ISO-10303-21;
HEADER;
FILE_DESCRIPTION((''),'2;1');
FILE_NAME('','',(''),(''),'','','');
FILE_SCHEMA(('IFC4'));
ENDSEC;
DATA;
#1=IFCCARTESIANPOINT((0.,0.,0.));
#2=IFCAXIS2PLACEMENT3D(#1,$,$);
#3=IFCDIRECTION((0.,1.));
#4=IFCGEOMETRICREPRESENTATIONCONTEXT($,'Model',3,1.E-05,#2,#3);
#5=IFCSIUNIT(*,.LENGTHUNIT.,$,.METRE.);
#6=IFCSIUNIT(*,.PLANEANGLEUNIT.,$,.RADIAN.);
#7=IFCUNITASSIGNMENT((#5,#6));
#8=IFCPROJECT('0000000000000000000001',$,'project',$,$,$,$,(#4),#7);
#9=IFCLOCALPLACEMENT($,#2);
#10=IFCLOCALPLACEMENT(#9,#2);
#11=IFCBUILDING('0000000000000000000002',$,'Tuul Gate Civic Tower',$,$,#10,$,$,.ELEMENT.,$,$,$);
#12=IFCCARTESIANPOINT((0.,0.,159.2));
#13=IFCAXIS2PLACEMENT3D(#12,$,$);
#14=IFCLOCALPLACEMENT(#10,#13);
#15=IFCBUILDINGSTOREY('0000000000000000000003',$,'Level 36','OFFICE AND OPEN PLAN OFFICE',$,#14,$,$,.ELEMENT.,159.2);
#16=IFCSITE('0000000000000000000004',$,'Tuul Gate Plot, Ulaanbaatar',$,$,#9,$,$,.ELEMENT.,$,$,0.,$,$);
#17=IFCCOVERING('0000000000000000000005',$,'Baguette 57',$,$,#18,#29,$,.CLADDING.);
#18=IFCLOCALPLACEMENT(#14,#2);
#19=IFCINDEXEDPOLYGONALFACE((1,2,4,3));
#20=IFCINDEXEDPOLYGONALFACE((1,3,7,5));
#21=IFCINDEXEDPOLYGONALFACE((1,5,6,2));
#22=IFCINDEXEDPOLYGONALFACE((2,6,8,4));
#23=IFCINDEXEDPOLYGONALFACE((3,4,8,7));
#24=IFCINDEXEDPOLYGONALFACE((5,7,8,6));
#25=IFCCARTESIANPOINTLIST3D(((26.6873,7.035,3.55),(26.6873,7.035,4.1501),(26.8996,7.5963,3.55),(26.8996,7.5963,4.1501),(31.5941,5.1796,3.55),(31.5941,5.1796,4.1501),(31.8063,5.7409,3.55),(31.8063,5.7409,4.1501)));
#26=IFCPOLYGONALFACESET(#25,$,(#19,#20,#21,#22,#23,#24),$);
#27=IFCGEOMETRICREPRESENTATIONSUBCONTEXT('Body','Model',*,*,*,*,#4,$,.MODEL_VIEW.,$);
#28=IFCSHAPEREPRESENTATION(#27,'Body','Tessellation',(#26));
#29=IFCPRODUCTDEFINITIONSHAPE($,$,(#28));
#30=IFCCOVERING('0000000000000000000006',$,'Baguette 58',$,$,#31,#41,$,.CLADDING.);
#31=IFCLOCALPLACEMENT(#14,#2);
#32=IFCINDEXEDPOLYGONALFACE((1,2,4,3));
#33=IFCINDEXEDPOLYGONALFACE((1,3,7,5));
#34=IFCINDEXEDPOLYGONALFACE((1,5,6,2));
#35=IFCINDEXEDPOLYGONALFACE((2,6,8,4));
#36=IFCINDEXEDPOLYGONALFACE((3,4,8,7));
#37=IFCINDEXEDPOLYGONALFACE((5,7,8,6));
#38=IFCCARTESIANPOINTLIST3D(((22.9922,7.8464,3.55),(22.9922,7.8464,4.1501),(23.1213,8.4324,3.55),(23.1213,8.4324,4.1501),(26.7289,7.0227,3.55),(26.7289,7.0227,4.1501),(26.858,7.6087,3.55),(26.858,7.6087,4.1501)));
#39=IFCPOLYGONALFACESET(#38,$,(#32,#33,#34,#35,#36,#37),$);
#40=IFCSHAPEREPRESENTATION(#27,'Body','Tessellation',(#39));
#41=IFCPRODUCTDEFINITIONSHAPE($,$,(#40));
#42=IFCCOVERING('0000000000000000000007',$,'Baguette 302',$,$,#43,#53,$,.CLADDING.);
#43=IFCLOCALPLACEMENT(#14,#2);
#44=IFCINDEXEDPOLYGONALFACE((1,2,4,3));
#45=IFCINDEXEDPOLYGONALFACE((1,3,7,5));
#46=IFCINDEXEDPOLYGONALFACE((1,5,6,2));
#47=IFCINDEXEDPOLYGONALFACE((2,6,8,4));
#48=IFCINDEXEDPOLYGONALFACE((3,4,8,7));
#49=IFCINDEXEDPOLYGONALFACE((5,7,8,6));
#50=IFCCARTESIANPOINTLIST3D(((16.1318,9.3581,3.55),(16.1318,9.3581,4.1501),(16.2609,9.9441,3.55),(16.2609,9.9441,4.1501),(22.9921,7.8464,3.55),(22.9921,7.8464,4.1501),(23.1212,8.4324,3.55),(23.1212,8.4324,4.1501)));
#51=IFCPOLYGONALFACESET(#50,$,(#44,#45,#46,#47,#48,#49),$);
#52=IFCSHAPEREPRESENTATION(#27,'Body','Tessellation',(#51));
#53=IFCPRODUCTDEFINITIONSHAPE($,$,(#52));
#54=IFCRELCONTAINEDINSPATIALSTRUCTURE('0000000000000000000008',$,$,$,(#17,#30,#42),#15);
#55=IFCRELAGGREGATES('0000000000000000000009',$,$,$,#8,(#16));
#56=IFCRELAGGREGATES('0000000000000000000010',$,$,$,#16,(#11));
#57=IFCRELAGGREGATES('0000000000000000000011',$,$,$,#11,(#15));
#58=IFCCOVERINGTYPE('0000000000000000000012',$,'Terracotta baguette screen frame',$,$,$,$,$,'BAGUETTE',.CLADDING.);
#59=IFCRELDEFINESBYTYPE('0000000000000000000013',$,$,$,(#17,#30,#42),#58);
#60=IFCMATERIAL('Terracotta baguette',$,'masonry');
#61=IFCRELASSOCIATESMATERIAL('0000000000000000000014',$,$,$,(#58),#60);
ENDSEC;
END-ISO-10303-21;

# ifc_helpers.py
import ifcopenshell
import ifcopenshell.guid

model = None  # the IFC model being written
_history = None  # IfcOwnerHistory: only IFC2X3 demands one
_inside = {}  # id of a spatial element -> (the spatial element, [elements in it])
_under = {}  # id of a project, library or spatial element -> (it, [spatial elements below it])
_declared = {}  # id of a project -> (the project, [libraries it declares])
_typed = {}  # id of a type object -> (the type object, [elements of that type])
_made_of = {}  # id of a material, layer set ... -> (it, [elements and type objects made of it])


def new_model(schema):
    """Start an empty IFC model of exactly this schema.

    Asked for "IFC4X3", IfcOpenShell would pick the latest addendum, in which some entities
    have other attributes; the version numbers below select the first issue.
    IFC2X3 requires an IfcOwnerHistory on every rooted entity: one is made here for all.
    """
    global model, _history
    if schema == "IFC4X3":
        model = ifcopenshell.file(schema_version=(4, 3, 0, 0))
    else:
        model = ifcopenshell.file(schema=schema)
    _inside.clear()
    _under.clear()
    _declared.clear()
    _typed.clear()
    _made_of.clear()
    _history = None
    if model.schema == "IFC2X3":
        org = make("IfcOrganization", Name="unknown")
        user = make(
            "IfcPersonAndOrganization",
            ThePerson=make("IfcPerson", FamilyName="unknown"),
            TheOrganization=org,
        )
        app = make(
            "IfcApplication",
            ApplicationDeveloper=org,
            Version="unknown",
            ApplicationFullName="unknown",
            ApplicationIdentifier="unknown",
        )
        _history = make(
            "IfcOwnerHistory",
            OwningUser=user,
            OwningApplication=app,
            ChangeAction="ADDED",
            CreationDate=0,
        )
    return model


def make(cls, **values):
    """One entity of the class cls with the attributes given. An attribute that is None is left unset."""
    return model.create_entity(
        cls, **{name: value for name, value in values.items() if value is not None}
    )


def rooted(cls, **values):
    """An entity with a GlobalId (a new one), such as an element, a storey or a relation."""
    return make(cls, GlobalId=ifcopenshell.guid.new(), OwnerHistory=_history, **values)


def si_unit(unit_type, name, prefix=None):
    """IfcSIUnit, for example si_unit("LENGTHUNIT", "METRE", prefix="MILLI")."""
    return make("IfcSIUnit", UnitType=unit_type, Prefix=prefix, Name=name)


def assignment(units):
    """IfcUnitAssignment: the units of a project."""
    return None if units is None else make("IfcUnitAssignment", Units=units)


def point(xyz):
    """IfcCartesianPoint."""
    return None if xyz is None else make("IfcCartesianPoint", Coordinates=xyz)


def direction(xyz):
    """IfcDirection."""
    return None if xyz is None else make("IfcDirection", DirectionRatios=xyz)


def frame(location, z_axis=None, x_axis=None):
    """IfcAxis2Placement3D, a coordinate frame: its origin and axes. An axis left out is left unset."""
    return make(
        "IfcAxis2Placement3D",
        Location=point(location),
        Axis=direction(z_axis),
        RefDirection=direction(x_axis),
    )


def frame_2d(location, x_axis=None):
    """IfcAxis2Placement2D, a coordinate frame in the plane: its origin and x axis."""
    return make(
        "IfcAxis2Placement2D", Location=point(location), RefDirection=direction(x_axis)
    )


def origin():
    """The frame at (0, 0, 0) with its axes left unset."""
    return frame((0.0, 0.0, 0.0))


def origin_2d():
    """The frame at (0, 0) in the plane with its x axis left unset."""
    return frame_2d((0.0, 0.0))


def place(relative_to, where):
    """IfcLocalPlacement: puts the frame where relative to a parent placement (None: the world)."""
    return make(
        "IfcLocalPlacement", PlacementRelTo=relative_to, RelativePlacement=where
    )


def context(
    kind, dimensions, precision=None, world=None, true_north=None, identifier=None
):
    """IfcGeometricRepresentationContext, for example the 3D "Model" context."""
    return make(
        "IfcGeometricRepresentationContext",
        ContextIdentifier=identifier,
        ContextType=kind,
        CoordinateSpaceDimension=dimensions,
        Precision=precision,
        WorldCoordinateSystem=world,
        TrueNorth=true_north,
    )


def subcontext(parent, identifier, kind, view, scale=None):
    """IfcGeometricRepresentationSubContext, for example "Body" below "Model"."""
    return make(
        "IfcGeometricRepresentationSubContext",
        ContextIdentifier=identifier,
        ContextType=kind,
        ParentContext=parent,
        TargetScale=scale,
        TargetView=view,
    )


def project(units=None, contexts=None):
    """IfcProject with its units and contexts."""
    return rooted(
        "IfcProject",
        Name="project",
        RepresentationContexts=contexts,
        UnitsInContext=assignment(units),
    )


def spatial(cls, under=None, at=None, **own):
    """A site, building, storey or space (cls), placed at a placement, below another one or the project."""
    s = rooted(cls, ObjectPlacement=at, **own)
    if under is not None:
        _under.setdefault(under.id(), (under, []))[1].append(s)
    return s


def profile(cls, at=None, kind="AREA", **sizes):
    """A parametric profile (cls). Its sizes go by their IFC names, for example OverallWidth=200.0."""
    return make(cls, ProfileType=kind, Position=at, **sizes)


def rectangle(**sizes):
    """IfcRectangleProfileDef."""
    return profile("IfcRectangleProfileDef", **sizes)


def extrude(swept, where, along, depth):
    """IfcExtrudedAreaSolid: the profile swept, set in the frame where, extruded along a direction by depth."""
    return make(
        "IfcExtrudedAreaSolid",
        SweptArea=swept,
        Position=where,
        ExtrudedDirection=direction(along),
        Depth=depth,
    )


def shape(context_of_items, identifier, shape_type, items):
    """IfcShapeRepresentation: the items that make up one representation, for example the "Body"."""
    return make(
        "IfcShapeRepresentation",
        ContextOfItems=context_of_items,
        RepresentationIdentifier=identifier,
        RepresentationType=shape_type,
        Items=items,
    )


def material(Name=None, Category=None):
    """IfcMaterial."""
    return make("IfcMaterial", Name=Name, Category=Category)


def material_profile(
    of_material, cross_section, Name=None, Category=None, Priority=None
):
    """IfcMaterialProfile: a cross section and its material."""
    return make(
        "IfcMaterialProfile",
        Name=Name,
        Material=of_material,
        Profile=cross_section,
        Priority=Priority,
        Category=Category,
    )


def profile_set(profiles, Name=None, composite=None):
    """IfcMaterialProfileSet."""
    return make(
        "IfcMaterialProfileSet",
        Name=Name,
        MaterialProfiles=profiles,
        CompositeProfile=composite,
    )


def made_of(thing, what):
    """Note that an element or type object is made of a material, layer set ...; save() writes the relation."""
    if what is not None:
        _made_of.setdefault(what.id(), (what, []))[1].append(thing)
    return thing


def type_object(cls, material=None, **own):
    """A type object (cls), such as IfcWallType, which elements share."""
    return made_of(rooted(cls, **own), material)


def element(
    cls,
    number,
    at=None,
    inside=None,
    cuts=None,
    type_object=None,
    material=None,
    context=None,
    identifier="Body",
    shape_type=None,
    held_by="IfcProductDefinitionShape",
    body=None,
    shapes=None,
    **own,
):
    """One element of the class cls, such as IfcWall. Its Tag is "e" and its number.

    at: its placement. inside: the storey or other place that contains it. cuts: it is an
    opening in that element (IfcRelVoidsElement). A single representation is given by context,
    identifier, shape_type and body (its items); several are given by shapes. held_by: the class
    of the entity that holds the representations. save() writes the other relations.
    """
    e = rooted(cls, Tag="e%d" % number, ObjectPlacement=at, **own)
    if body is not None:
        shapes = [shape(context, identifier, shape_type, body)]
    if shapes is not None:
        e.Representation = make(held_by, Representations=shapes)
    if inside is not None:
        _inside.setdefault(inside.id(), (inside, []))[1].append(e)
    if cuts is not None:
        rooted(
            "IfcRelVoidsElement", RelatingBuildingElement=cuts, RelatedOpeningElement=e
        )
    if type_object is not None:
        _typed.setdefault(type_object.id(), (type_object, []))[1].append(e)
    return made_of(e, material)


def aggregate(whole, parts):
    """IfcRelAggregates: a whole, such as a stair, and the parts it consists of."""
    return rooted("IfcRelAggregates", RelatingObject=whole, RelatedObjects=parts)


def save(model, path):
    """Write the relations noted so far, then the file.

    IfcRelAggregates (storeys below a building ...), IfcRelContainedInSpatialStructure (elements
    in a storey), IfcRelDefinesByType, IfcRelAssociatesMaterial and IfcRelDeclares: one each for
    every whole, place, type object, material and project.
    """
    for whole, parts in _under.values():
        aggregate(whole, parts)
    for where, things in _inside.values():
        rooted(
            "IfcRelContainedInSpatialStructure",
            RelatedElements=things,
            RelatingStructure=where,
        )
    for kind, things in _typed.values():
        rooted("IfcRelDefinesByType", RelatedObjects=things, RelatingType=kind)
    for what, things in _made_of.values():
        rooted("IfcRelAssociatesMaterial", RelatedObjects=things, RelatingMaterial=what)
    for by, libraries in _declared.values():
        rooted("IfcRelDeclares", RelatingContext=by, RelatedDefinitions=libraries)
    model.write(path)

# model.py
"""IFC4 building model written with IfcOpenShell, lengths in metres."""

from ifc_helpers import new_model, si_unit, direction, frame, origin, origin_2d, place, context, subcontext, project, spatial, rectangle, extrude, material, material_profile, profile_set, type_object, element, save


model = new_model("IFC4")

# Units and contexts
model_context = context("Model", 3, precision=1e-05, world=origin(), true_north=direction((0.0, 1.0)))
body_context = subcontext(model_context, "Body", "Model", "MODEL_VIEW")
ifc_project = project(units=[si_unit("LENGTHUNIT", "METRE"), si_unit("PLANEANGLEUNIT", "RADIAN")], contexts=[model_context])

# Site, building, storey
site_placement = place(None, origin())
site = spatial("IfcSite", under=ifc_project, at=site_placement, Name="Tuul Gate Plot, Ulaanbaatar", CompositionType="ELEMENT", RefElevation=0.0)
building_placement = place(site_placement, origin())
building = spatial("IfcBuilding", under=site, at=building_placement, Name="Tuul Gate Civic Tower", CompositionType="ELEMENT")
storey_placement = place(building_placement, frame((0.0, 0.0, 159.2)))
storey = spatial("IfcBuildingStorey", under=building, at=storey_placement, Name="Level 36", Description="OFFICE AND OPEN PLAN OFFICE", CompositionType="ELEMENT", Elevation=159.2)

# Coverings
ifc_material_1 = material(Name="Terracotta baguette", Category="masonry")
ifc_material_profile_1 = material_profile(ifc_material_1, rectangle(XDim=0.6001, YDim=0.6001, at=origin_2d()), Name="Terracotta baguette screen frame")
ifc_profile_set_1 = profile_set([ifc_material_profile_1], Name="Terracotta baguette")
covering_type = type_object("IfcCoveringType", Name="Terracotta baguette screen frame", ElementType="BAGUETTE", PredefinedType="CLADDING", material=ifc_profile_set_1)
covering_1_placement = place(storey_placement, frame((31.7002, 5.4602, 3.8501), z_axis=(-0.935358, 0.353703, 0.0), x_axis=(-0.353703, -0.935358, 0.0)))
element("IfcCovering", 1, at=covering_1_placement, inside=storey, type_object=covering_type, Name="Baguette 57", PredefinedType="CLADDING", context=body_context, shape_type="SweptSolid", body=[
    extrude(rectangle(XDim=0.6001, YDim=0.6001, at=origin_2d()), origin(), (0.0, 0.0, 1.0), 5.2458),
])
covering_2_placement = place(storey_placement, frame((26.7935, 7.3157, 3.8501), z_axis=(-0.976555, 0.215268, 0.0), x_axis=(-0.215268, -0.976555, 0.0)))
element("IfcCovering", 2, at=covering_2_placement, inside=storey, type_object=covering_type, Name="Baguette 58", PredefinedType="CLADDING", context=body_context, shape_type="SweptSolid", body=[
    extrude(rectangle(XDim=0.6001, YDim=0.6001, at=origin_2d()), origin(), (0.0, 0.0, 1.0), 3.8264),
])
covering_3_placement = place(storey_placement, frame((23.0566, 8.1394, 3.8501), z_axis=(-0.976571, 0.215193, 0.0), x_axis=(-0.215193, -0.976571, 0.0)))
element("IfcCovering", 3, at=covering_3_placement, inside=storey, type_object=covering_type, Name="Baguette 302", PredefinedType="CLADDING", context=body_context, shape_type="SweptSolid", body=[
    extrude(rectangle(XDim=0.6001, YDim=0.6001, at=origin_2d()), origin(), (0.0, 0.0, 1.0), 7.0249),
])

save(model, "model.ifc")
